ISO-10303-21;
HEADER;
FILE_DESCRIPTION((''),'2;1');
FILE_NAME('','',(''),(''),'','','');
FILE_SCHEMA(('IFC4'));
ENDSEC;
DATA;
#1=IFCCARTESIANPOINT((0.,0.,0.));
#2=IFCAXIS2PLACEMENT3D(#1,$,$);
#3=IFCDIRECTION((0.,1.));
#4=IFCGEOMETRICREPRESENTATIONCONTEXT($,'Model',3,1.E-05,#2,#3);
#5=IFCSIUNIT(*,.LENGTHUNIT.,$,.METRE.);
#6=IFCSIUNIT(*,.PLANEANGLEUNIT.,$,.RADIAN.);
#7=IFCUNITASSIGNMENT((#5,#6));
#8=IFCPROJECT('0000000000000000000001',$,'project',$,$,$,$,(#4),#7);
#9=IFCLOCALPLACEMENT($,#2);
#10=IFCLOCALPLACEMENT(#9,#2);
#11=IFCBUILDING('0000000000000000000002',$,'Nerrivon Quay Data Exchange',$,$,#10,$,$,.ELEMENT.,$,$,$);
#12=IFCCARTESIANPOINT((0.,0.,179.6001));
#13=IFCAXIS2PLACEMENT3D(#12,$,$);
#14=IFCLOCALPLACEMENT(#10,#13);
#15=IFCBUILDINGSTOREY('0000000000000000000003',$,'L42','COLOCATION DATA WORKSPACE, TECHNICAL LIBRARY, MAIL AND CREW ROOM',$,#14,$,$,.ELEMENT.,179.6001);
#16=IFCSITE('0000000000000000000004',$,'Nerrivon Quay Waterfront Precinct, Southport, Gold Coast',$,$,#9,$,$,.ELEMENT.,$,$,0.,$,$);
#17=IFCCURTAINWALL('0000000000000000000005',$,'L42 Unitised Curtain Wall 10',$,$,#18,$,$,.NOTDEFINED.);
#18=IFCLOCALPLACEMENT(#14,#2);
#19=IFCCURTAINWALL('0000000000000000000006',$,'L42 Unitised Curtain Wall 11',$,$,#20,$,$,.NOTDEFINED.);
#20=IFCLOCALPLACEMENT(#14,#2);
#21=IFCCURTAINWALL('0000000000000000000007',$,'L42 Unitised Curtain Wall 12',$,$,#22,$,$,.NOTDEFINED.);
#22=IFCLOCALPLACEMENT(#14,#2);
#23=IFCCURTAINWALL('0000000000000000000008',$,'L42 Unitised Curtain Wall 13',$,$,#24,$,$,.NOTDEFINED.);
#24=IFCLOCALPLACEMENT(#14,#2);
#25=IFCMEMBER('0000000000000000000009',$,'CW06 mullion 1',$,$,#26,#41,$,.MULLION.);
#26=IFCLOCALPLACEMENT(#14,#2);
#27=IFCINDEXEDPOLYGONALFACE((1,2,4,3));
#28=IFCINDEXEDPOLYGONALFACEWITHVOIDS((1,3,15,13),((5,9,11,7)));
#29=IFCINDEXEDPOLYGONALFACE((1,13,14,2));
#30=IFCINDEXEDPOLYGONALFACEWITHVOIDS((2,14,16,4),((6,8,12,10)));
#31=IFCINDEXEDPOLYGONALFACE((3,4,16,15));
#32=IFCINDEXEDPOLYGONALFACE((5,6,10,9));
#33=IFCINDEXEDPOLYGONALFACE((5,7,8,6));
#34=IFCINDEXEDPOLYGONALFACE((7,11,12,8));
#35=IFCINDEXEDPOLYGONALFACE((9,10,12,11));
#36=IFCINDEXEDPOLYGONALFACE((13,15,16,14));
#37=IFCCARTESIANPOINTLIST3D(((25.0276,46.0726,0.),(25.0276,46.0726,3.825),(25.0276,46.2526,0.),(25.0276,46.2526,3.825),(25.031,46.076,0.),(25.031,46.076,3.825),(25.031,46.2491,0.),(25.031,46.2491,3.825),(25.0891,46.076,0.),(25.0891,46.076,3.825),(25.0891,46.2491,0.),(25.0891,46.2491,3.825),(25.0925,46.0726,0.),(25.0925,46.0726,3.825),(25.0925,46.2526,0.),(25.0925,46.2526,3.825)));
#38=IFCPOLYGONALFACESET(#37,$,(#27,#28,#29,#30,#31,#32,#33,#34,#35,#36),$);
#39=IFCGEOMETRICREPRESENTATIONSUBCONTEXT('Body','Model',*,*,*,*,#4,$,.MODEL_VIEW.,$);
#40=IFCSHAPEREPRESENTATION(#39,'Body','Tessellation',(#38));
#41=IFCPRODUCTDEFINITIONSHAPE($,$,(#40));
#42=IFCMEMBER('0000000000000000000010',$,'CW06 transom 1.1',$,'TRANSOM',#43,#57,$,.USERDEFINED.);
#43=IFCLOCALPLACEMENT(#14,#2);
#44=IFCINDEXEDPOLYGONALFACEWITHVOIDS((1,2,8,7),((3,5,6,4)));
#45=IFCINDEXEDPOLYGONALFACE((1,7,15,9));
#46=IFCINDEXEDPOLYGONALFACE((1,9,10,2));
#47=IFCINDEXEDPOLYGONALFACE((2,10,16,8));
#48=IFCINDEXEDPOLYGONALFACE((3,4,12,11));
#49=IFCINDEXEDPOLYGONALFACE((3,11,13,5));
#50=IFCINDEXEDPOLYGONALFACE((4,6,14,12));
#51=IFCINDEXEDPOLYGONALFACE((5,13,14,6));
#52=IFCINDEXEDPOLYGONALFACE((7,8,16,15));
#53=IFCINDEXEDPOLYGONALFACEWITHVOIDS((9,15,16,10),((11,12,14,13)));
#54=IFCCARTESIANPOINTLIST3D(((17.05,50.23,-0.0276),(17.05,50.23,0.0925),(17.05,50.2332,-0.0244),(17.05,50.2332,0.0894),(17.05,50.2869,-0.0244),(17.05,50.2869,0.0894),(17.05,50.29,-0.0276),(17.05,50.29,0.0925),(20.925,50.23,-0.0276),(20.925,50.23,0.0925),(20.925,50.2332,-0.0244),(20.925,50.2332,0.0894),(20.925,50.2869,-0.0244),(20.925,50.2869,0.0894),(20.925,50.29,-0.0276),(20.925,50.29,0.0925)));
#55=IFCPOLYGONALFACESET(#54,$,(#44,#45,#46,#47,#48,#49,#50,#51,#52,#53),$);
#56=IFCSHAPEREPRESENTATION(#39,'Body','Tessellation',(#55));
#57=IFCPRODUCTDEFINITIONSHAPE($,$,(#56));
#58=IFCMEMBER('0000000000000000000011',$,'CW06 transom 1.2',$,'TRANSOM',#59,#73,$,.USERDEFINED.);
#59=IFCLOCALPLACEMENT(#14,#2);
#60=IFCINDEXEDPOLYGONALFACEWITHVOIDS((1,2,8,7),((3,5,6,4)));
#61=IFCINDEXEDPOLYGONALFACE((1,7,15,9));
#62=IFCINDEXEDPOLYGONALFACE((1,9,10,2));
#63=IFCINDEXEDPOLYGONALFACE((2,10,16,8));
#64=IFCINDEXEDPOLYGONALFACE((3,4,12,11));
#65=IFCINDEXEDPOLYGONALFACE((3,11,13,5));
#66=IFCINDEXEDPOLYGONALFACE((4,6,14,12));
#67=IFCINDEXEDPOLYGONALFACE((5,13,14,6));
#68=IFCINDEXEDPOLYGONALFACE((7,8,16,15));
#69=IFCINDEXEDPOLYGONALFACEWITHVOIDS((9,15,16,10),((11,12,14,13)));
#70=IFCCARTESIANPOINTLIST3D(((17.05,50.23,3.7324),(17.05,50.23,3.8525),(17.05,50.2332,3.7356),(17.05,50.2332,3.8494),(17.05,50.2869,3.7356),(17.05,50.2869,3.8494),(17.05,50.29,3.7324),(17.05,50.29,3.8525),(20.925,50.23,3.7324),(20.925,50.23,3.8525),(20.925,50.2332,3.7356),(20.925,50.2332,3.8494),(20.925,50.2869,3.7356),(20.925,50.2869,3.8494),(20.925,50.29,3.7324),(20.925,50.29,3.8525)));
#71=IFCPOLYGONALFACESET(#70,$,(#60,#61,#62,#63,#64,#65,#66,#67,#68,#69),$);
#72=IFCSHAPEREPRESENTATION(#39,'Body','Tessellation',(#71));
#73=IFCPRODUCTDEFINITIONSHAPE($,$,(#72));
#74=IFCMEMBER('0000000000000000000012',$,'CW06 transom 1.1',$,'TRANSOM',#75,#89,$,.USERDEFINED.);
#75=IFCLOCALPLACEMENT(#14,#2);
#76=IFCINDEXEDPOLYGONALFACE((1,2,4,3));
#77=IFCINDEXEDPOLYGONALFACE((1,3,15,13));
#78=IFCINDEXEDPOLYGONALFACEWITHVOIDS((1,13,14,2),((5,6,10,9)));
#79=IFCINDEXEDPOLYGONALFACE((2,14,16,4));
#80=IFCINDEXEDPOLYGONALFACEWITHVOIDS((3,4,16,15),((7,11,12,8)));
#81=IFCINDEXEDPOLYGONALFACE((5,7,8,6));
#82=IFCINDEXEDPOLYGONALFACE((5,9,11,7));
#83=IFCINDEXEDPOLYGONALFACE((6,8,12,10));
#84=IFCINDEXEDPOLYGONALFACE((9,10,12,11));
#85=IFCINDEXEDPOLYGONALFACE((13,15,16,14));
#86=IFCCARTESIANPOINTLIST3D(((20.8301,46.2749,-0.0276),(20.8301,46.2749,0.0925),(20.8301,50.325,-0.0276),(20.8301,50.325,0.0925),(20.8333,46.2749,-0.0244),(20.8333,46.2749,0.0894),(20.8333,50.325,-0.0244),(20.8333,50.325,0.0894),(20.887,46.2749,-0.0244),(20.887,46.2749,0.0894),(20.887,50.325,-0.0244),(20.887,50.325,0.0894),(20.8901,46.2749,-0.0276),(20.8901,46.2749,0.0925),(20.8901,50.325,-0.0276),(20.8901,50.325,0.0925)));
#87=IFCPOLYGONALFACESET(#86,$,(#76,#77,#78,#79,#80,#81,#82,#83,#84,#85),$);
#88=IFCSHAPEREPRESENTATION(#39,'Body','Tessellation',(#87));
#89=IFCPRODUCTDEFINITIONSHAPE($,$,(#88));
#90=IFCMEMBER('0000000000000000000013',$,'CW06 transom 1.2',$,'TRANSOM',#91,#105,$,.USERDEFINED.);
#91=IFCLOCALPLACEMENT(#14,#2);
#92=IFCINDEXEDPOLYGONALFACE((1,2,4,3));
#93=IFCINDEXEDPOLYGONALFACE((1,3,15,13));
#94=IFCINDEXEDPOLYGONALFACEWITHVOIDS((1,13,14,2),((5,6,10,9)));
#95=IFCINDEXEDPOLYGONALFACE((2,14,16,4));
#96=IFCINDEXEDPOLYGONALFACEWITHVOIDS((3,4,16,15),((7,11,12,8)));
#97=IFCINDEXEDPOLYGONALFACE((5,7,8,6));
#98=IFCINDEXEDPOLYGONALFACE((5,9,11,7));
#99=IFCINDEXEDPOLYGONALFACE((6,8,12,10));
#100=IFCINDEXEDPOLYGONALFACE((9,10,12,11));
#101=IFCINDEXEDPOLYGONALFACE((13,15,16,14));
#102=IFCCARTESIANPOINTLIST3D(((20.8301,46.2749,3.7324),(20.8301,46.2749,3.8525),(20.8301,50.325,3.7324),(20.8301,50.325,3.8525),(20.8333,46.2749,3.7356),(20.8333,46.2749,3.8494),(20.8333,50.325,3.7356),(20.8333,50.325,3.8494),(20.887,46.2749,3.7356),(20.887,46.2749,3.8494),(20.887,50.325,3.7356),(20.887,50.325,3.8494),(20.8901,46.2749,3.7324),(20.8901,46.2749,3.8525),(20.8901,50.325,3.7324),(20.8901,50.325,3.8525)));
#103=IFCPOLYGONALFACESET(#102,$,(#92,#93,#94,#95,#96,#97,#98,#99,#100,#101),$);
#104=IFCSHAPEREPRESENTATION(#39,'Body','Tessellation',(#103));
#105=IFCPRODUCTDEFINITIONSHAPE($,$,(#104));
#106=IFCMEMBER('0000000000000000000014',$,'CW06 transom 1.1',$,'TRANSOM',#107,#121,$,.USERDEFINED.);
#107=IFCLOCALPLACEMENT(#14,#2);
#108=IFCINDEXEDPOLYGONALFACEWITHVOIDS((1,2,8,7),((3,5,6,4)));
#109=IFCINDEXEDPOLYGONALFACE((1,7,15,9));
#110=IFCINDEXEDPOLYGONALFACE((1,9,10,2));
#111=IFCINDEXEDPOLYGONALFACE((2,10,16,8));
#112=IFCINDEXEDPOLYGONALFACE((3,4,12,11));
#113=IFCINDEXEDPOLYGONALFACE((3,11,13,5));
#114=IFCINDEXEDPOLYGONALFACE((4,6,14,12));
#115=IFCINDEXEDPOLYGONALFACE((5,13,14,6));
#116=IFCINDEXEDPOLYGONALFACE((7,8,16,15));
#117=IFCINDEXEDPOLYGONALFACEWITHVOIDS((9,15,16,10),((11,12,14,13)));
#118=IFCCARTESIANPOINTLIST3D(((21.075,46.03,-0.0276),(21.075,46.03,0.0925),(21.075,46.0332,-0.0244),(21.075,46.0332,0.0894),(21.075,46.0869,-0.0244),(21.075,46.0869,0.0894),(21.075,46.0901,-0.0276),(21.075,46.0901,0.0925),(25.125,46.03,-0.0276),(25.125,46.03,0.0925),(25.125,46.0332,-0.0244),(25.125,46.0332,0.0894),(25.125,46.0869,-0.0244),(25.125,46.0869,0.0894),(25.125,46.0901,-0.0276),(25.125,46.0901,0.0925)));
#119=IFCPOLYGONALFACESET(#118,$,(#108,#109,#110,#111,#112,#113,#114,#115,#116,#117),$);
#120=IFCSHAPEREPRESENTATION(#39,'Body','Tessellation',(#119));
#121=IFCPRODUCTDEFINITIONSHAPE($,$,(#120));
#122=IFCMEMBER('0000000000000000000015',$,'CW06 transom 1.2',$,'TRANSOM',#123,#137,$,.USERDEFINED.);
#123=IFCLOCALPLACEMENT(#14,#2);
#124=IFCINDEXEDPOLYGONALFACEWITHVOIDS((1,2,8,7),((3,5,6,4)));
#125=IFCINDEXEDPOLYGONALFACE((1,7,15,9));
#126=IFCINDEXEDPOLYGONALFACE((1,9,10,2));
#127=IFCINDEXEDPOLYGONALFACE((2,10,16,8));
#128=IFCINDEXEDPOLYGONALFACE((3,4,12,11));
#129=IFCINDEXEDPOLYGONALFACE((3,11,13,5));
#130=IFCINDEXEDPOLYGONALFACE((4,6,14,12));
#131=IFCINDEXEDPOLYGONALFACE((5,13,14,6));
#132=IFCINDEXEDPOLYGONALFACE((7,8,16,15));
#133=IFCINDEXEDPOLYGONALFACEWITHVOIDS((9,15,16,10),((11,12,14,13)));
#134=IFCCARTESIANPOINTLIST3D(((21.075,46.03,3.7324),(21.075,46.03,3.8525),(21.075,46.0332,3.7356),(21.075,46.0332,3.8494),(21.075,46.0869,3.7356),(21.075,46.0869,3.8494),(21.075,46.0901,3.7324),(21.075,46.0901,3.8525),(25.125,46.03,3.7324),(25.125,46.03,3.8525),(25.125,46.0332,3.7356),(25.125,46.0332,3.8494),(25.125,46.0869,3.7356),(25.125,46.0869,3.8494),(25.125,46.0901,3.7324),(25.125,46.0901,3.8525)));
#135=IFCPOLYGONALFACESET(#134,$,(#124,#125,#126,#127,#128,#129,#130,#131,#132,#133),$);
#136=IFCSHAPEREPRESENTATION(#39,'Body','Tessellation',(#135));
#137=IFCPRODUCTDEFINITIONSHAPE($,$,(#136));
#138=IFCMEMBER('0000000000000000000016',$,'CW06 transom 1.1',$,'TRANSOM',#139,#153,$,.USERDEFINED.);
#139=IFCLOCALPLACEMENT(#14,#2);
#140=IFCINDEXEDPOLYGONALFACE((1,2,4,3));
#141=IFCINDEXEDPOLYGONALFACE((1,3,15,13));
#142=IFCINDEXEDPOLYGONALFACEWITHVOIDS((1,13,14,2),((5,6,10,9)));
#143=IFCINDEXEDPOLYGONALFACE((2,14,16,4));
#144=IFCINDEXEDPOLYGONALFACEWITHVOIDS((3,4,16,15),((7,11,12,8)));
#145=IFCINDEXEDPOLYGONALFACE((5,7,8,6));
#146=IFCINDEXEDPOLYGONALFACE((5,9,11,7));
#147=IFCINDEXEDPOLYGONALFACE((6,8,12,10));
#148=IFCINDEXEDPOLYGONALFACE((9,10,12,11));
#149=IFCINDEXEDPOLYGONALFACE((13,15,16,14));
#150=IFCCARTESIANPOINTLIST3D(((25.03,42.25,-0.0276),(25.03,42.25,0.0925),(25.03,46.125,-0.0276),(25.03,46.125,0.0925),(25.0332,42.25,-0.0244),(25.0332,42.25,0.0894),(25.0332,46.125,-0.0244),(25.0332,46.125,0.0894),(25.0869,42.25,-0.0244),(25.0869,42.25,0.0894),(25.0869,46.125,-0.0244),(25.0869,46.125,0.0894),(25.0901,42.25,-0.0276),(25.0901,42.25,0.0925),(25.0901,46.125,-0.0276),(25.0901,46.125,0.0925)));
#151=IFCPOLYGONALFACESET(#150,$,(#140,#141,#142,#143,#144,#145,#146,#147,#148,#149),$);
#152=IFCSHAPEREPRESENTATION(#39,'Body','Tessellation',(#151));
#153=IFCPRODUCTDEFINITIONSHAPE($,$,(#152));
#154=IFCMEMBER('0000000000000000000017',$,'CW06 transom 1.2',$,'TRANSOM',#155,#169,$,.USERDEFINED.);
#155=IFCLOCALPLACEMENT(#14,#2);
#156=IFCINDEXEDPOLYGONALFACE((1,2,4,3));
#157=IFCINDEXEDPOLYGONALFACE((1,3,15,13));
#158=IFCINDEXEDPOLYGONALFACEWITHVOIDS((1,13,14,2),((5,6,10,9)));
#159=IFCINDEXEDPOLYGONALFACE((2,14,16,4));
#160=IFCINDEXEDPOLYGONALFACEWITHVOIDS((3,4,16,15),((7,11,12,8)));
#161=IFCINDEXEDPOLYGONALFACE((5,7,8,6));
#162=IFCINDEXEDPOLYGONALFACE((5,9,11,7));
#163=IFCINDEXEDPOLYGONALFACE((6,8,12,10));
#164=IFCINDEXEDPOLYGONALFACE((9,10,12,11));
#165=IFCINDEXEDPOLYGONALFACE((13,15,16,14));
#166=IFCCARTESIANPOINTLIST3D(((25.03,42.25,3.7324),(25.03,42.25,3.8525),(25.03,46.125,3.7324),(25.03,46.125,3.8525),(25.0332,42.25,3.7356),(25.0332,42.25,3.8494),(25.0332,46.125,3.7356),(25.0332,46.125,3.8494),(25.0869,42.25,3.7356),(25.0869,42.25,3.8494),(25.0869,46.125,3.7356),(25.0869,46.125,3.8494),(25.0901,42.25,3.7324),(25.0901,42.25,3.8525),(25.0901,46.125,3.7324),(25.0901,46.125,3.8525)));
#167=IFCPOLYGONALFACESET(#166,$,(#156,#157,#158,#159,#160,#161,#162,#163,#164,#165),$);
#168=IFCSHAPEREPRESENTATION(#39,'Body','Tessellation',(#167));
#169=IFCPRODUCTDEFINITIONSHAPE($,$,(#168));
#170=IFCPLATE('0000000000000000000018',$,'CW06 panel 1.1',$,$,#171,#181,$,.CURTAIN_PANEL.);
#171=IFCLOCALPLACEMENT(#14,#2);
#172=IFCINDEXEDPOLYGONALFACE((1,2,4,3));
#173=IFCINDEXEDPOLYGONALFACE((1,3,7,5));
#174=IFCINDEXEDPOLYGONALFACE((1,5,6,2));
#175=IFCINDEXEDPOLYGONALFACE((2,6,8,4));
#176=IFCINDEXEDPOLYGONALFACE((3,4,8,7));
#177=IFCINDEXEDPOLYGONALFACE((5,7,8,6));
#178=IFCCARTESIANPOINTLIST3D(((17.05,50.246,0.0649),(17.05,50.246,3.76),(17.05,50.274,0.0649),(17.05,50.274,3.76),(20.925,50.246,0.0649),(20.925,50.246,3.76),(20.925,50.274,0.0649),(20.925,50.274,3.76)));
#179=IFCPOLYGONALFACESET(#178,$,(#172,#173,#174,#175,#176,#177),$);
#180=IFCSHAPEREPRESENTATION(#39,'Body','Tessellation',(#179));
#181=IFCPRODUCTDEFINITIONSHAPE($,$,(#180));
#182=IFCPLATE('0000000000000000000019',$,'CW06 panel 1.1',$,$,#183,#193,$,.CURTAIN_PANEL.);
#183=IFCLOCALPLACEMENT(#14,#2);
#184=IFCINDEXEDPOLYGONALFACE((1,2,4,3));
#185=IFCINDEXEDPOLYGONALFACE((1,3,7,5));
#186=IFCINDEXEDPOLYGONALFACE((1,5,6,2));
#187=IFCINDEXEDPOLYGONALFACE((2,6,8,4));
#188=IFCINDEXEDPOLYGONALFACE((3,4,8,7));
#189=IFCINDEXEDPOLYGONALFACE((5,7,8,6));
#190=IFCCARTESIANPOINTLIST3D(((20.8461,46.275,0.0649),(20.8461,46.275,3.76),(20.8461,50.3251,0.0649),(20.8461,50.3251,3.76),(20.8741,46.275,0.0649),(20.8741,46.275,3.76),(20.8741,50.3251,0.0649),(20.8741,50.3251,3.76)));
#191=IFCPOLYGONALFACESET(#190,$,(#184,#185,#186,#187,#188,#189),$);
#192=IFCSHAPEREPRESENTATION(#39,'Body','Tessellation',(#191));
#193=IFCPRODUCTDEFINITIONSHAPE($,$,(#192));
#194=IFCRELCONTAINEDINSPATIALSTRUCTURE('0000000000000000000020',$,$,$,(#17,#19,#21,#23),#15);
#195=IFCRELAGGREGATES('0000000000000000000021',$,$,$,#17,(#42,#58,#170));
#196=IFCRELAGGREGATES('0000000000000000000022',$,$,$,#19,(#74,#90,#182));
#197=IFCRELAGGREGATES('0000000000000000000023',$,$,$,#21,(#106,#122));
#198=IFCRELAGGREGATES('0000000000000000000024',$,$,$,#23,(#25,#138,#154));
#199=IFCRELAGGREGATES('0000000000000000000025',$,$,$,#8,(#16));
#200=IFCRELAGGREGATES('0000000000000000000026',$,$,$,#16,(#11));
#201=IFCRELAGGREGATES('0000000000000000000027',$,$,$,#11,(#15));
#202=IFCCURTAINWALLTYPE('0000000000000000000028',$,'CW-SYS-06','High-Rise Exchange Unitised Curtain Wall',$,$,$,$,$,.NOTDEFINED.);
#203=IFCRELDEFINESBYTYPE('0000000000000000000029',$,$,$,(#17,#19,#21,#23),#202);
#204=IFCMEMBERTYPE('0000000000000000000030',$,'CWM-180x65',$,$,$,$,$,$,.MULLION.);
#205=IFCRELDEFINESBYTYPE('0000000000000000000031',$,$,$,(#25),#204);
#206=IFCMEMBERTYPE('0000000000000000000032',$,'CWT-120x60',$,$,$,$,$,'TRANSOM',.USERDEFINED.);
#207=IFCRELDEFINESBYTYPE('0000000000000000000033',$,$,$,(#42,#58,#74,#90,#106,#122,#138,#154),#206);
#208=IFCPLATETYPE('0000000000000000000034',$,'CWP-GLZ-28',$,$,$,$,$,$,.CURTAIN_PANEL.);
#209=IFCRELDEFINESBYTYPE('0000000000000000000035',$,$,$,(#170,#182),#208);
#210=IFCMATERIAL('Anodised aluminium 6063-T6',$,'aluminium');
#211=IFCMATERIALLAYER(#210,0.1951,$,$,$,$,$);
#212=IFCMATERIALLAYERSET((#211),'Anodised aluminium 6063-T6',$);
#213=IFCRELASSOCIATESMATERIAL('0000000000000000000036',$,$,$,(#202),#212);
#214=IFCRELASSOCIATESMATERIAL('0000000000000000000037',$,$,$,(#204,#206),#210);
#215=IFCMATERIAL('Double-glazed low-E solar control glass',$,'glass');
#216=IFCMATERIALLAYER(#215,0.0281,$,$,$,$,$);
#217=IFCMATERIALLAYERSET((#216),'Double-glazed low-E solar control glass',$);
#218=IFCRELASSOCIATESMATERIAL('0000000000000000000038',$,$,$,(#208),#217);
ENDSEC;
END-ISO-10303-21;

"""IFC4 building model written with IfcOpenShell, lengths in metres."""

from ifc_helpers import new_model, si_unit, direction, frame, origin, origin_2d, place, context, subcontext, project, spatial, rectangle, hollow_rectangle, extrude, material, layer, layer_set, material_profile, profile_set, type_object, element, aggregate, save


model = new_model("IFC4")

# Units and contexts
model_context = context("Model", 3, precision=1e-05, world=origin(), true_north=direction((0.0, 1.0)))
body_context = subcontext(model_context, "Body", "Model", "MODEL_VIEW")
ifc_project = project(units=[si_unit("LENGTHUNIT", "METRE"), si_unit("PLANEANGLEUNIT", "RADIAN")], contexts=[model_context])

# Site, building, storey
site_placement = place(None, origin())
site = spatial("IfcSite", under=ifc_project, at=site_placement, Name="Nerrivon Quay Waterfront Precinct, Southport, Gold Coast", CompositionType="ELEMENT", RefElevation=0.0)
building_placement = place(site_placement, origin())
building = spatial("IfcBuilding", under=site, at=building_placement, Name="Nerrivon Quay Data Exchange", CompositionType="ELEMENT")
storey_placement = place(building_placement, frame((0.0, 0.0, 179.6001)))
storey = spatial("IfcBuildingStorey", under=building, at=storey_placement, Name="L42", Description="COLOCATION DATA WORKSPACE, TECHNICAL LIBRARY, MAIL AND CREW ROOM", CompositionType="ELEMENT", Elevation=179.6001)

# Shared definitions
ifc_material_1 = material(Name="Anodised aluminium 6063-T6", Category="aluminium")
ifc_layer_1 = layer(ifc_material_1, 0.1951)
ifc_layer_set_1 = layer_set([ifc_layer_1], Name="Anodised aluminium 6063-T6")
curtain_wall_type = type_object("IfcCurtainWallType", Name="CW-SYS-06", Description="High-Rise Exchange Unitised Curtain Wall", PredefinedType="NOTDEFINED", material=ifc_layer_set_1)
ifc_material_profile_1 = material_profile(ifc_material_1, hollow_rectangle(XDim=0.0649, YDim=0.1799, WallThickness=0.0034, at=origin_2d()), Name="ALU-MULL-180x65")
ifc_profile_set_1 = profile_set([ifc_material_profile_1], Name="Anodised aluminium 6063-T6")
member_type_1 = type_object("IfcMemberType", Name="CWM-180x65", PredefinedType="MULLION", material=ifc_profile_set_1)

# Curtain walls
curtain_wall_1_placement = place(storey_placement, origin())
curtain_wall_1 = element("IfcCurtainWall", 1, at=curtain_wall_1_placement, inside=storey, type_object=curtain_wall_type, Name="L42 Unitised Curtain Wall 10", PredefinedType="NOTDEFINED")
curtain_wall_2_placement = place(storey_placement, origin())
curtain_wall_2 = element("IfcCurtainWall", 2, at=curtain_wall_2_placement, inside=storey, type_object=curtain_wall_type, Name="L42 Unitised Curtain Wall 11", PredefinedType="NOTDEFINED")
curtain_wall_3_placement = place(storey_placement, origin())
curtain_wall_3 = element("IfcCurtainWall", 3, at=curtain_wall_3_placement, inside=storey, type_object=curtain_wall_type, Name="L42 Unitised Curtain Wall 12", PredefinedType="NOTDEFINED")

# Curtain wall, member
curtain_wall_4_placement = place(storey_placement, origin())
curtain_wall_4 = element("IfcCurtainWall", 4, at=curtain_wall_4_placement, inside=storey, type_object=curtain_wall_type, Name="L42 Unitised Curtain Wall 13", PredefinedType="NOTDEFINED")
member_1_placement = place(storey_placement, frame((25.0601, 46.1626, 0.0), z_axis=(0.0, 0.0, 1.0), x_axis=(1.0, 0.0, 0.0)))
member_1 = element("IfcMember", 5, at=member_1_placement, type_object=member_type_1, Name="CW06 mullion 1", PredefinedType="MULLION", context=body_context, shape_type="SweptSolid", body=[
    extrude(hollow_rectangle(XDim=0.0649, YDim=0.1799, WallThickness=0.0034, at=origin_2d()), origin(), (0.0, 0.0, 1.0), 3.825),
])

# Members
ifc_material_profile_2 = material_profile(ifc_material_1, hollow_rectangle(XDim=0.0601, YDim=0.1201, WallThickness=0.0032, at=origin_2d()), Name="ALU-TRAN-120x60")
ifc_profile_set_2 = profile_set([ifc_material_profile_2], Name="Anodised aluminium 6063-T6")
member_type_2 = type_object("IfcMemberType", Name="CWT-120x60", ElementType="TRANSOM", PredefinedType="USERDEFINED", material=ifc_profile_set_2)
member_2_placement = place(storey_placement, frame((17.05, 50.26, 0.0325), z_axis=(1.0, 0.0, 0.0), x_axis=(0.0, 1.0, 0.0)))
member_2 = element("IfcMember", 6, at=member_2_placement, type_object=member_type_2, Name="CW06 transom 1.1", ObjectType="TRANSOM", PredefinedType="USERDEFINED", context=body_context, shape_type="SweptSolid", body=[
    extrude(hollow_rectangle(XDim=0.0601, YDim=0.1201, WallThickness=0.0032, at=origin_2d()), origin(), (0.0, 0.0, 1.0), 3.875),
])
member_3_placement = place(storey_placement, frame((17.05, 50.26, 3.7925), z_axis=(1.0, 0.0, 0.0), x_axis=(0.0, 1.0, 0.0)))
member_3 = element("IfcMember", 7, at=member_3_placement, type_object=member_type_2, Name="CW06 transom 1.2", ObjectType="TRANSOM", PredefinedType="USERDEFINED", context=body_context, shape_type="SweptSolid", body=[
    extrude(hollow_rectangle(XDim=0.0601, YDim=0.1201, WallThickness=0.0032, at=origin_2d()), origin(), (0.0, 0.0, 1.0), 3.875),
])
member_4_placement = place(storey_placement, frame((20.8601, 50.325, 0.0325), z_axis=(0.0, -1.0, 0.0), x_axis=(1.0, 0.0, 0.0)))
member_4 = element("IfcMember", 8, at=member_4_placement, type_object=member_type_2, Name="CW06 transom 1.1", ObjectType="TRANSOM", PredefinedType="USERDEFINED", context=body_context, shape_type="SweptSolid", body=[
    extrude(hollow_rectangle(XDim=0.0601, YDim=0.1201, WallThickness=0.0032, at=origin_2d()), origin(), (0.0, 0.0, 1.0), 4.05),
])
member_5_placement = place(storey_placement, frame((20.8601, 50.325, 3.7925), z_axis=(0.0, -1.0, 0.0), x_axis=(1.0, 0.0, 0.0)))
member_5 = element("IfcMember", 9, at=member_5_placement, type_object=member_type_2, Name="CW06 transom 1.2", ObjectType="TRANSOM", PredefinedType="USERDEFINED", context=body_context, shape_type="SweptSolid", body=[
    extrude(hollow_rectangle(XDim=0.0601, YDim=0.1201, WallThickness=0.0032, at=origin_2d()), origin(), (0.0, 0.0, 1.0), 4.05),
])
member_6_placement = place(storey_placement, frame((21.075, 46.0601, 0.0325), z_axis=(1.0, 0.0, 0.0), x_axis=(0.0, 1.0, 0.0)))
member_6 = element("IfcMember", 10, at=member_6_placement, type_object=member_type_2, Name="CW06 transom 1.1", ObjectType="TRANSOM", PredefinedType="USERDEFINED", context=body_context, shape_type="SweptSolid", body=[
    extrude(hollow_rectangle(XDim=0.0601, YDim=0.1201, WallThickness=0.0032, at=origin_2d()), origin(), (0.0, 0.0, 1.0), 4.05),
])
member_7_placement = place(storey_placement, frame((21.075, 46.0601, 3.7925), z_axis=(1.0, 0.0, 0.0), x_axis=(0.0, 1.0, 0.0)))
member_7 = element("IfcMember", 11, at=member_7_placement, type_object=member_type_2, Name="CW06 transom 1.2", ObjectType="TRANSOM", PredefinedType="USERDEFINED", context=body_context, shape_type="SweptSolid", body=[
    extrude(hollow_rectangle(XDim=0.0601, YDim=0.1201, WallThickness=0.0032, at=origin_2d()), origin(), (0.0, 0.0, 1.0), 4.05),
])
member_8_placement = place(storey_placement, frame((25.0601, 46.125, 0.0325), z_axis=(0.0, -1.0, 0.0), x_axis=(1.0, 0.0, 0.0)))
member_8 = element("IfcMember", 12, at=member_8_placement, type_object=member_type_2, Name="CW06 transom 1.1", ObjectType="TRANSOM", PredefinedType="USERDEFINED", context=body_context, shape_type="SweptSolid", body=[
    extrude(hollow_rectangle(XDim=0.0601, YDim=0.1201, WallThickness=0.0032, at=origin_2d()), origin(), (0.0, 0.0, 1.0), 3.875),
])
member_9_placement = place(storey_placement, frame((25.0601, 46.125, 3.7925), z_axis=(0.0, -1.0, 0.0), x_axis=(1.0, 0.0, 0.0)))
member_9 = element("IfcMember", 13, at=member_9_placement, type_object=member_type_2, Name="CW06 transom 1.2", ObjectType="TRANSOM", PredefinedType="USERDEFINED", context=body_context, shape_type="SweptSolid", body=[
    extrude(hollow_rectangle(XDim=0.0601, YDim=0.1201, WallThickness=0.0032, at=origin_2d()), origin(), (0.0, 0.0, 1.0), 3.875),
])

# Plates
ifc_material_2 = material(Name="Double-glazed low-E solar control glass", Category="glass")
ifc_layer_2 = layer(ifc_material_2, 0.0281)
ifc_layer_set_2 = layer_set([ifc_layer_2], Name="Double-glazed low-E solar control glass")
plate_type = type_object("IfcPlateType", Name="CWP-GLZ-28", PredefinedType="CURTAIN_PANEL", material=ifc_layer_set_2)
plate_1_placement = place(storey_placement, frame((18.9875, 50.26, 0.0649), z_axis=(0.0, 0.0, 1.0), x_axis=(1.0, 0.0, 0.0)))
plate_1 = element("IfcPlate", 14, at=plate_1_placement, type_object=plate_type, Name="CW06 panel 1.1", PredefinedType="CURTAIN_PANEL", context=body_context, shape_type="SweptSolid", body=[
    extrude(rectangle(XDim=3.875, YDim=0.0281, at=origin_2d()), origin(), (0.0, 0.0, 1.0), 3.6951),
])
aggregate(curtain_wall_1, [member_2, member_3, plate_1])
plate_2_placement = place(storey_placement, frame((20.8601, 48.3, 0.0649), z_axis=(0.0, 0.0, 1.0), x_axis=(0.0, -1.0, 0.0)))
plate_2 = element("IfcPlate", 15, at=plate_2_placement, type_object=plate_type, Name="CW06 panel 1.1", PredefinedType="CURTAIN_PANEL", context=body_context, shape_type="SweptSolid", body=[
    extrude(rectangle(XDim=4.05, YDim=0.0281, at=origin_2d()), origin(), (0.0, 0.0, 1.0), 3.6951),
])
aggregate(curtain_wall_2, [member_4, member_5, plate_2])
aggregate(curtain_wall_3, [member_6, member_7])
aggregate(curtain_wall_4, [member_1, member_8, member_9])

save(model, "model.ifc")
